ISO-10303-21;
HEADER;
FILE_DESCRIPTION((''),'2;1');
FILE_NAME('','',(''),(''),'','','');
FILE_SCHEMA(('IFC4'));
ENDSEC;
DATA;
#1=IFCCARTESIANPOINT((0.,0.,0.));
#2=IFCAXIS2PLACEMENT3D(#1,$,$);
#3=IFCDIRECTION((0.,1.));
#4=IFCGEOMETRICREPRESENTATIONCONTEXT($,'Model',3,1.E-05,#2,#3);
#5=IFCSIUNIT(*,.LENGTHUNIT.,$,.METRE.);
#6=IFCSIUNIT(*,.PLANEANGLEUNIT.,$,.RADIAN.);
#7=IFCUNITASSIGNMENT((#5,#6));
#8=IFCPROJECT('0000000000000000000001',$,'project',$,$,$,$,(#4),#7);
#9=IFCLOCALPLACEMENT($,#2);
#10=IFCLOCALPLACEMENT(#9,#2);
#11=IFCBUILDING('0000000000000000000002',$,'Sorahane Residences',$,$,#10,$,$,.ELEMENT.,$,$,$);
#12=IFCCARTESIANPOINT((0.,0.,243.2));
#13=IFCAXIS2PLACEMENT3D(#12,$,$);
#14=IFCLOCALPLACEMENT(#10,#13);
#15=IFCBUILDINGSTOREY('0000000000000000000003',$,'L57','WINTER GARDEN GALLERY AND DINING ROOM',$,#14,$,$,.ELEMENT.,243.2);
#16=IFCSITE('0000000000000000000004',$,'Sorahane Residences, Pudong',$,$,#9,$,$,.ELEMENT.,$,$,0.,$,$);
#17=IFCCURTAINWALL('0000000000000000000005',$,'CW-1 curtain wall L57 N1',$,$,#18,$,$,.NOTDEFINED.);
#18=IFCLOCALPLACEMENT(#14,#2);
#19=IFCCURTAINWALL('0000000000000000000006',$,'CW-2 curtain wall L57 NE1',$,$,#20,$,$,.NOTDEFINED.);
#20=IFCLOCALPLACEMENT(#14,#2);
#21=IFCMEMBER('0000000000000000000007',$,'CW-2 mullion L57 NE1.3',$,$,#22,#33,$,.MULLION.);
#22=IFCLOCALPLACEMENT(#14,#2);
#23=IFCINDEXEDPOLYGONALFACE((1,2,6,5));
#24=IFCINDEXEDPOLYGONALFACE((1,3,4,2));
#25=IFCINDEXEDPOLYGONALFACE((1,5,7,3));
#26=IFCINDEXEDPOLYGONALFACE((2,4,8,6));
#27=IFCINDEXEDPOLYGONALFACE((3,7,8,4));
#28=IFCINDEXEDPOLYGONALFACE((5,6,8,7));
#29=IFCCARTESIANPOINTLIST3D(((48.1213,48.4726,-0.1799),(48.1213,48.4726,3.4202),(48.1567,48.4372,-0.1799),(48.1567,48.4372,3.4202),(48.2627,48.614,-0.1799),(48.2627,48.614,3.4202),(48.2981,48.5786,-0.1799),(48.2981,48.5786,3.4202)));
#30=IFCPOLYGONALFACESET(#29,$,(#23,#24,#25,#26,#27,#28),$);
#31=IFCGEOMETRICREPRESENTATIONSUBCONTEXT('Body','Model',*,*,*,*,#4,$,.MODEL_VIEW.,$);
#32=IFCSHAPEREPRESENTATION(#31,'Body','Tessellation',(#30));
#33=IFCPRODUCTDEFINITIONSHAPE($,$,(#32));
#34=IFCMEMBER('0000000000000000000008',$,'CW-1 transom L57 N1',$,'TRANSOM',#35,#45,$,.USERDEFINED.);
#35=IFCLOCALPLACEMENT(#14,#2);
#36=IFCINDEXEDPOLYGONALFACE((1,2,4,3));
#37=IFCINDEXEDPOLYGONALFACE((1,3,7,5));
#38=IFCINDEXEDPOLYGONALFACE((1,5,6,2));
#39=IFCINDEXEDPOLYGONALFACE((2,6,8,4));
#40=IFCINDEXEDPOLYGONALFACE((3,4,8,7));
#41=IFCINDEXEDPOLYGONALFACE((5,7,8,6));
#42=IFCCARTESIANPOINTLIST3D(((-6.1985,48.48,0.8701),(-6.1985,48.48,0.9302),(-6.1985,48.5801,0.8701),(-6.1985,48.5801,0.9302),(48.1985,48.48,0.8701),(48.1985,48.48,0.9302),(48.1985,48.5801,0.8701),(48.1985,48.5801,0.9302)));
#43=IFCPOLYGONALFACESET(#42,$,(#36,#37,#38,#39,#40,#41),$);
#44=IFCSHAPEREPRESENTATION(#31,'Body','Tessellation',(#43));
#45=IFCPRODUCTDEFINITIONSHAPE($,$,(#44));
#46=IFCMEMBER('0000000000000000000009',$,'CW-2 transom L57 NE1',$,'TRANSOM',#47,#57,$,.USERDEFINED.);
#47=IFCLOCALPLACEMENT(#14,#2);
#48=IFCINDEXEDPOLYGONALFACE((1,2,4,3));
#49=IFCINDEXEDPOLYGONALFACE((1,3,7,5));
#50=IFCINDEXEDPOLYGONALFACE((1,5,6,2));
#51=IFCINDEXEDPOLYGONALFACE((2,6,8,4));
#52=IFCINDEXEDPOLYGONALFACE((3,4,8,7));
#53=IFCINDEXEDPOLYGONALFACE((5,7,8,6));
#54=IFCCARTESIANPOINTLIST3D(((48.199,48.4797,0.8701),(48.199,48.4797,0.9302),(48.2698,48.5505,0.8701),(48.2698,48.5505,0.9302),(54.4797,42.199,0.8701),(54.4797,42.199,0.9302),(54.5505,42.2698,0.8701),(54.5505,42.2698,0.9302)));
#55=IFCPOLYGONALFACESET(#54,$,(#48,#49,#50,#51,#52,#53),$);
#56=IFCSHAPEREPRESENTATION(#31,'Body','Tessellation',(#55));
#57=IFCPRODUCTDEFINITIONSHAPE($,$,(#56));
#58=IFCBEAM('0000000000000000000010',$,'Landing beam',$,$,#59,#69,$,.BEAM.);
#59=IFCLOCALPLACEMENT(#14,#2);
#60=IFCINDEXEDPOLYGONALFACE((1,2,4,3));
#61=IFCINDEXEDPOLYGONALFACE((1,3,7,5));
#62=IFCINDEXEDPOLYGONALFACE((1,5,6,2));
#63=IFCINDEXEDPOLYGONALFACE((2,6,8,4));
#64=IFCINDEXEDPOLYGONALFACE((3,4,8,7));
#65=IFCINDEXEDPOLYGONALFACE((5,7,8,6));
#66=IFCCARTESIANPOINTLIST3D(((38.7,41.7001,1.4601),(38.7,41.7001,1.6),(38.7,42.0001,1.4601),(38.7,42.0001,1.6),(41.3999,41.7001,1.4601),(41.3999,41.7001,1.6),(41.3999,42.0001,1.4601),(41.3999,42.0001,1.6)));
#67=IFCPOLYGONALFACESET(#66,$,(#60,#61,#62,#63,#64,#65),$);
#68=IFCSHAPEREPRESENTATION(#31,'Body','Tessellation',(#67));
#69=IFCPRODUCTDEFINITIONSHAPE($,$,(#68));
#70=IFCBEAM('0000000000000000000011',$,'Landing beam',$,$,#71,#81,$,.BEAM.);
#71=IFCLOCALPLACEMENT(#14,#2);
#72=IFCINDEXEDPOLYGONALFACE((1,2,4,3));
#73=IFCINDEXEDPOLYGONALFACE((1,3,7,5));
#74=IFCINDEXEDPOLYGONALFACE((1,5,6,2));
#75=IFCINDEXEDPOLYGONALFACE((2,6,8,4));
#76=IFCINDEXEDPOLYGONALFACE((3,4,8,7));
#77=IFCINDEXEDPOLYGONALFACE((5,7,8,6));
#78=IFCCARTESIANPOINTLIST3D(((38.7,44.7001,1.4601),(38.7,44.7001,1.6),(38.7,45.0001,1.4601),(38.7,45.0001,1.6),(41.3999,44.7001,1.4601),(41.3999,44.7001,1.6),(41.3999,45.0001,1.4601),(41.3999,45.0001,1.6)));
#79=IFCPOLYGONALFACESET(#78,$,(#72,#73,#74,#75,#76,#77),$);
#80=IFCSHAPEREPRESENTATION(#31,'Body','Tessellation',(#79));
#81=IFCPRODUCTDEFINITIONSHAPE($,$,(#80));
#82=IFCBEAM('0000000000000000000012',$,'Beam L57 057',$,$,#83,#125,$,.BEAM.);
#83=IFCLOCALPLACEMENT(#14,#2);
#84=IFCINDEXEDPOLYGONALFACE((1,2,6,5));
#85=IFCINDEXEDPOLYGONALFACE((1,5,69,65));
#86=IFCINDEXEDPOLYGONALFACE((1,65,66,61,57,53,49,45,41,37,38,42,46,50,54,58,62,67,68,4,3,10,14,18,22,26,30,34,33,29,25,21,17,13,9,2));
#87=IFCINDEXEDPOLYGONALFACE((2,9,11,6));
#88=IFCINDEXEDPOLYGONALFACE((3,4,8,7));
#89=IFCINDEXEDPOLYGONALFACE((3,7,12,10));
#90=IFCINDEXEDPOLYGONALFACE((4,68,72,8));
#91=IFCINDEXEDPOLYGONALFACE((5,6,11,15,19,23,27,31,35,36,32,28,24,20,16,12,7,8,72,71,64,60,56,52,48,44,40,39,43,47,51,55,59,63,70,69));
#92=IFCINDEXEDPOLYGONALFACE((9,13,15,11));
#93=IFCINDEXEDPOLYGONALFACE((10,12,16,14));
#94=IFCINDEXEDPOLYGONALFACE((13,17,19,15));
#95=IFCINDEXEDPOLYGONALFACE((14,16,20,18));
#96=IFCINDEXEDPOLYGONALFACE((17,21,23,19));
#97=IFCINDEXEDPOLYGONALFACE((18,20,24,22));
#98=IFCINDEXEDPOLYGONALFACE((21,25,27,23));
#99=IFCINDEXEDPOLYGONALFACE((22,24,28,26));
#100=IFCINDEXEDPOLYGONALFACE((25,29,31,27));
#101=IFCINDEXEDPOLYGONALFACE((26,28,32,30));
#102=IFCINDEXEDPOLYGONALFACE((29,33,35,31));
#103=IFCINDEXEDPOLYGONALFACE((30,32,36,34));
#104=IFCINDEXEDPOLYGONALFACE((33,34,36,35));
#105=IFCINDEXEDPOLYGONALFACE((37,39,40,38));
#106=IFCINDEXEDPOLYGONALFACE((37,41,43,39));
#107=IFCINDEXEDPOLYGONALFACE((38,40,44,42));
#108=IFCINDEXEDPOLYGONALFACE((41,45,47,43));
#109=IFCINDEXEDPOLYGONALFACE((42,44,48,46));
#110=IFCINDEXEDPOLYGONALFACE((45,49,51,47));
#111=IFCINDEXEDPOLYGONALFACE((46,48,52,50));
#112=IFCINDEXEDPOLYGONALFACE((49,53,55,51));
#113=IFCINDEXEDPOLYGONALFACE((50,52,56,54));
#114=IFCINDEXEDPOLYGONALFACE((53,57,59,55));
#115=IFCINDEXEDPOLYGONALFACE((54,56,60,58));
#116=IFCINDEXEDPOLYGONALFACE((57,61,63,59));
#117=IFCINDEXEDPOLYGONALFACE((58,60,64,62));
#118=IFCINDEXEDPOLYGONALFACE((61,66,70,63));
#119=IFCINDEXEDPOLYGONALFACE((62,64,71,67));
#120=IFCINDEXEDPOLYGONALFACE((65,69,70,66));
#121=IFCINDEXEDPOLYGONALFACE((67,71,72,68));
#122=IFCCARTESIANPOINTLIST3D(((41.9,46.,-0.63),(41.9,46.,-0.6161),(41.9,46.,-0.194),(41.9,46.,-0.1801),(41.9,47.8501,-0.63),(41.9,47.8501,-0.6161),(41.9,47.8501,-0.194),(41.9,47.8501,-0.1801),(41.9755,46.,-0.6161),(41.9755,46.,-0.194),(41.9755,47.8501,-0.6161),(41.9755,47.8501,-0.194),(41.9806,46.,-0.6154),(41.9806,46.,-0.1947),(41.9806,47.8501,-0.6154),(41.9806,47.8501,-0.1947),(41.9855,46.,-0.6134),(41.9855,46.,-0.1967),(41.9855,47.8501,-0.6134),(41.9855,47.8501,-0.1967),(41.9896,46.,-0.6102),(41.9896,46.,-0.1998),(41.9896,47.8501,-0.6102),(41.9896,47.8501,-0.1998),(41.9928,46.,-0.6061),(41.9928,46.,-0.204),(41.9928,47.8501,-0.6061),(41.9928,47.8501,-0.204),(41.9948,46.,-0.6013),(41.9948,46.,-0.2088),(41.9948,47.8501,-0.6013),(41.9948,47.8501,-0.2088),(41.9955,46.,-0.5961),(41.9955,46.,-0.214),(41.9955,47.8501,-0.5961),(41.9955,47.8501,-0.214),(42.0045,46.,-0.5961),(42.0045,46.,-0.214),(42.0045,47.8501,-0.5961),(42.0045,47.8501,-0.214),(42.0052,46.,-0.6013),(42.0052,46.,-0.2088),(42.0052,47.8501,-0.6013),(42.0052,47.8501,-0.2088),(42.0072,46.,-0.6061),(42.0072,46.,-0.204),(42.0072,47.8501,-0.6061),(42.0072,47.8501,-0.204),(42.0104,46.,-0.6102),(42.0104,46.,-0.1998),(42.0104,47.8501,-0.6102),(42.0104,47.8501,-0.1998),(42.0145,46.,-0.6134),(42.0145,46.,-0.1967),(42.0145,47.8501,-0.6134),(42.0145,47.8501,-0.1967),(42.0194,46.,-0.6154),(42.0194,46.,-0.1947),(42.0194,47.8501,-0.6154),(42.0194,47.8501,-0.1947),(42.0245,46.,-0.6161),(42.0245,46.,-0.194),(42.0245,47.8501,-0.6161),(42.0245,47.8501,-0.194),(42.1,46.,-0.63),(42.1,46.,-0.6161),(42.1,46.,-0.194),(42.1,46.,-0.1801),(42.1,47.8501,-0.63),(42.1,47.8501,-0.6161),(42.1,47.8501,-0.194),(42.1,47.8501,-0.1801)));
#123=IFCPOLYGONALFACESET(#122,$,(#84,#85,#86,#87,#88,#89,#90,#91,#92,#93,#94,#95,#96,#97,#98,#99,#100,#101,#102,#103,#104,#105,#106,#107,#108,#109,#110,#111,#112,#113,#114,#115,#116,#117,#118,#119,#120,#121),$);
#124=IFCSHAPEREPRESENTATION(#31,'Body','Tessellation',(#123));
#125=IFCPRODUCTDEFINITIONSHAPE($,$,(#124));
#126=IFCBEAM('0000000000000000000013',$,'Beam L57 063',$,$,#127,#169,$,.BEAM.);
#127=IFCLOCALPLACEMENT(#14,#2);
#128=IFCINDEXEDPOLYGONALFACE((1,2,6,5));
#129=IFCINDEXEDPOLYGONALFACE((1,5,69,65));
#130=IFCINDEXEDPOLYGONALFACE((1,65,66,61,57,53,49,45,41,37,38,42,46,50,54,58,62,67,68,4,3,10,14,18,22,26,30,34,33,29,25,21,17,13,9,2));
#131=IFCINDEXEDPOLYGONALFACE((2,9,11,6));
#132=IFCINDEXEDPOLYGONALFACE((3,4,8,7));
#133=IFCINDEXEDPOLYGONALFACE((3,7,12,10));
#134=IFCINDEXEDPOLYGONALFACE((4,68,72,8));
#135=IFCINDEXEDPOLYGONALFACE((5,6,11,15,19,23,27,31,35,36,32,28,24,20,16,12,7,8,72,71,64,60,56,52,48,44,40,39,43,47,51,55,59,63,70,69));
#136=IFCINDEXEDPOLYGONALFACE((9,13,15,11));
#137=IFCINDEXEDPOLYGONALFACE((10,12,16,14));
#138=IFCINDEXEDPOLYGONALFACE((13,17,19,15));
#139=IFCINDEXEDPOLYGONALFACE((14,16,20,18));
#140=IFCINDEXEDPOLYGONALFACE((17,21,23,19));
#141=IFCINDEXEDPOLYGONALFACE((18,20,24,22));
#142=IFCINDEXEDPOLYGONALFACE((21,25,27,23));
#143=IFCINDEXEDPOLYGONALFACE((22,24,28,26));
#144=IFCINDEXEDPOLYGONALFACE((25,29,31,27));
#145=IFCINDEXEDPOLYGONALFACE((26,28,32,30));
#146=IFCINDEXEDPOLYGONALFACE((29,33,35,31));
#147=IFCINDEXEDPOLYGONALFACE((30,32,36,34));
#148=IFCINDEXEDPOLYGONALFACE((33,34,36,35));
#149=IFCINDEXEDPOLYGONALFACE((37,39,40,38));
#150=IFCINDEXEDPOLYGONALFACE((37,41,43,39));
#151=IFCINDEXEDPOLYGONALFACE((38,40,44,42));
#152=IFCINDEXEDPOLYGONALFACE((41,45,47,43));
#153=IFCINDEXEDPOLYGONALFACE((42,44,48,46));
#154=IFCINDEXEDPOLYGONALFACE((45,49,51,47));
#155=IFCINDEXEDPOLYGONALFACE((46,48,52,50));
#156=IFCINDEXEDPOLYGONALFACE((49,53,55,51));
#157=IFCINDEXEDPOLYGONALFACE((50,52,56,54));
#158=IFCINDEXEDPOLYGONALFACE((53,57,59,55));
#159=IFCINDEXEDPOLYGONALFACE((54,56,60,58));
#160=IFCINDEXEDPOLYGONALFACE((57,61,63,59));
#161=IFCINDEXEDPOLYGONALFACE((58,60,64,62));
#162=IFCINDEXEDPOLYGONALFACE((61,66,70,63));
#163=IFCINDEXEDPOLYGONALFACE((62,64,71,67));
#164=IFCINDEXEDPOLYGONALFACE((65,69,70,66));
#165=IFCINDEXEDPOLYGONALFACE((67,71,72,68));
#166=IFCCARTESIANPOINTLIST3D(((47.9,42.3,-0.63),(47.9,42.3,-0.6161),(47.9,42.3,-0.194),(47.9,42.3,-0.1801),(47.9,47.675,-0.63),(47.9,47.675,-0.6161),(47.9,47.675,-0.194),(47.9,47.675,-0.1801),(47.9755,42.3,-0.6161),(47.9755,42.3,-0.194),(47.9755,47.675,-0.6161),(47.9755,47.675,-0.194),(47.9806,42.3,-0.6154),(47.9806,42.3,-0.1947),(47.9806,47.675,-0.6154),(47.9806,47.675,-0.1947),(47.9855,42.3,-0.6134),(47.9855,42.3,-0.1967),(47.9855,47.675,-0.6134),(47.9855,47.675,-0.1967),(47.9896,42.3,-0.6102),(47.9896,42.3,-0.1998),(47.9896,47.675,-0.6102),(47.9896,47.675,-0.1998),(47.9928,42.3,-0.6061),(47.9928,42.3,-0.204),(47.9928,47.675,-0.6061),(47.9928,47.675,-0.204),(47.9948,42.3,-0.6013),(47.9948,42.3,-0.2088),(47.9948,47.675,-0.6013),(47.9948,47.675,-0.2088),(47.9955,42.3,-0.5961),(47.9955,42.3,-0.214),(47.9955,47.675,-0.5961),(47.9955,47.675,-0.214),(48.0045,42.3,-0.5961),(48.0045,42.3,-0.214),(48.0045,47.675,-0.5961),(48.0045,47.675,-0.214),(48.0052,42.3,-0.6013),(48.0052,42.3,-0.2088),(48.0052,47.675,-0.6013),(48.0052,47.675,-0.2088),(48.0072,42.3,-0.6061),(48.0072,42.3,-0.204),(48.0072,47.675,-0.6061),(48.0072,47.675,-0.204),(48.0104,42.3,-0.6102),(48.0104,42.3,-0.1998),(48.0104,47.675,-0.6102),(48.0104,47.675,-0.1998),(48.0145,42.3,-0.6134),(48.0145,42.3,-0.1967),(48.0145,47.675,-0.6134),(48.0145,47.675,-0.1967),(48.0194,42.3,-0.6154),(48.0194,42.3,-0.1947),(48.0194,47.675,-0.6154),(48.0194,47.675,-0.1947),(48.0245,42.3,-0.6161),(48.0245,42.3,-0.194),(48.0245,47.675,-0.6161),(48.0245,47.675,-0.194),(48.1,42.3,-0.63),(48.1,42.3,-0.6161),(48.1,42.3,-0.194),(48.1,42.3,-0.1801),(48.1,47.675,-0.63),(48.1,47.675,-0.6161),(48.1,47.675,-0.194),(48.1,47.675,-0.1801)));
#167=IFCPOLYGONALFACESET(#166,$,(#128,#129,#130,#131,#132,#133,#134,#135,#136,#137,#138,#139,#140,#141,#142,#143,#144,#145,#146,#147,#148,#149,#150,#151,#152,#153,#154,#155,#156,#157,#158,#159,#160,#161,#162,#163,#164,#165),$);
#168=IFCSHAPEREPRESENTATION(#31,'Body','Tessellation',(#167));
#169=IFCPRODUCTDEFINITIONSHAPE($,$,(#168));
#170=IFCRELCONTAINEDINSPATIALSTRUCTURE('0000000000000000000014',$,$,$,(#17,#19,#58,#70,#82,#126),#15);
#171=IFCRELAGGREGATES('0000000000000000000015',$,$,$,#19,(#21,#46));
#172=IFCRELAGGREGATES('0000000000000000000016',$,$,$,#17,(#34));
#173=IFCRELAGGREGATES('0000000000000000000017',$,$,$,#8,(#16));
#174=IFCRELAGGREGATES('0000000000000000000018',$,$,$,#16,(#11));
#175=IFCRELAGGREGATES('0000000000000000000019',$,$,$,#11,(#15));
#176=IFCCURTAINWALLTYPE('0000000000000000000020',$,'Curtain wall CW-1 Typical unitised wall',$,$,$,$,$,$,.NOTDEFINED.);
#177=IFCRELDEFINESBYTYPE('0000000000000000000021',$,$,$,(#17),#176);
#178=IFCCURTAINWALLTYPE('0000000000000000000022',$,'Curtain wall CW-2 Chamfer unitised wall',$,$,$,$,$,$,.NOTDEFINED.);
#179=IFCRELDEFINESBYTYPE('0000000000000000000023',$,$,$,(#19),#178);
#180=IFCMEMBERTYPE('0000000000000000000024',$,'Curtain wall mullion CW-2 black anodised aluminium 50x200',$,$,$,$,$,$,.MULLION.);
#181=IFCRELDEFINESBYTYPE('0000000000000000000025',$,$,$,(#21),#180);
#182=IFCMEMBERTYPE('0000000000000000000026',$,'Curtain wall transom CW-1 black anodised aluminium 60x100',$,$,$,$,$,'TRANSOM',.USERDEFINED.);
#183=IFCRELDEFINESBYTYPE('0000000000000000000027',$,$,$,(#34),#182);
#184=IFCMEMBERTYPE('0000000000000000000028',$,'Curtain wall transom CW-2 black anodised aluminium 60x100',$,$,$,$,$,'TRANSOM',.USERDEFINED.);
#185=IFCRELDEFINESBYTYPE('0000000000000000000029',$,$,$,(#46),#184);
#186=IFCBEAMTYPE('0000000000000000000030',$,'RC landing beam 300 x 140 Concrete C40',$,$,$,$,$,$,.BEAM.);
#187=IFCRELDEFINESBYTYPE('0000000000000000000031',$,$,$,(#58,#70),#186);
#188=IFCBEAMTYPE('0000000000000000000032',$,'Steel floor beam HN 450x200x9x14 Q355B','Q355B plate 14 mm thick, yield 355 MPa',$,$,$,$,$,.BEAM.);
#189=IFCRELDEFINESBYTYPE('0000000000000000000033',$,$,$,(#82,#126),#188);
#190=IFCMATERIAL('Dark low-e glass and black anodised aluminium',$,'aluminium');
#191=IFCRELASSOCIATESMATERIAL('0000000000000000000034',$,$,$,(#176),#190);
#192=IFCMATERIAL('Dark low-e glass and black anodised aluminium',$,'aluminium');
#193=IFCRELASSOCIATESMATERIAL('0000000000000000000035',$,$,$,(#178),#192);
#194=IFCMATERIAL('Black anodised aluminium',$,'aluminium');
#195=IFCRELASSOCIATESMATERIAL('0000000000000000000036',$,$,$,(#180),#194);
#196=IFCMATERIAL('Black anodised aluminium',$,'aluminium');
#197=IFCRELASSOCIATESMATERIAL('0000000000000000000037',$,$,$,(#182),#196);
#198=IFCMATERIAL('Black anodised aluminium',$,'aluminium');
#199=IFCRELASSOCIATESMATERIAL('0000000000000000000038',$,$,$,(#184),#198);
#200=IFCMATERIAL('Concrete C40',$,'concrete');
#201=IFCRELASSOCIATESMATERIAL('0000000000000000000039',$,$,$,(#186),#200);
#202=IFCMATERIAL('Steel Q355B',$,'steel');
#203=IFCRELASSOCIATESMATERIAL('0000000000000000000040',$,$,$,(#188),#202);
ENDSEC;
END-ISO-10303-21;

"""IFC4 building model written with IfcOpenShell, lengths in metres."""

from ifc_helpers import new_model, si_unit, direction, frame, origin, origin_2d, place, context, subcontext, project, spatial, rectangle, i_section, extrude, material, material_profile, profile_set, type_object, element, aggregate, save


model = new_model("IFC4")

# Units and contexts
model_context = context("Model", 3, precision=1e-05, world=origin(), true_north=direction((0.0, 1.0)))
body_context = subcontext(model_context, "Body", "Model", "MODEL_VIEW")
ifc_project = project(units=[si_unit("LENGTHUNIT", "METRE"), si_unit("PLANEANGLEUNIT", "RADIAN")], contexts=[model_context])

# Site, building, storey
site_placement = place(None, origin())
site = spatial("IfcSite", under=ifc_project, at=site_placement, Name="Sorahane Residences, Pudong", CompositionType="ELEMENT", RefElevation=0.0)
building_placement = place(site_placement, origin())
building = spatial("IfcBuilding", under=site, at=building_placement, Name="Sorahane Residences", CompositionType="ELEMENT")
storey_placement = place(building_placement, frame((0.0, 0.0, 243.2)))
storey = spatial("IfcBuildingStorey", under=building, at=storey_placement, Name="L57", Description="WINTER GARDEN GALLERY AND DINING ROOM", CompositionType="ELEMENT", Elevation=243.2)

# Curtain wall
ifc_material_1 = material(Name="Dark low-e glass and black anodised aluminium", Category="aluminium")
curtain_wall_type_1 = type_object("IfcCurtainWallType", Name="Curtain wall CW-1 Typical unitised wall", PredefinedType="NOTDEFINED", material=ifc_material_1)
curtain_wall_1_placement = place(storey_placement, origin())
curtain_wall_1 = element("IfcCurtainWall", 1, at=curtain_wall_1_placement, inside=storey, type_object=curtain_wall_type_1, Name="CW-1 curtain wall L57 N1", PredefinedType="NOTDEFINED")

# Curtain wall, member
ifc_material_2 = material(Name="Dark low-e glass and black anodised aluminium", Category="aluminium")
curtain_wall_type_2 = type_object("IfcCurtainWallType", Name="Curtain wall CW-2 Chamfer unitised wall", PredefinedType="NOTDEFINED", material=ifc_material_2)
curtain_wall_2_placement = place(storey_placement, origin())
curtain_wall_2 = element("IfcCurtainWall", 2, at=curtain_wall_2_placement, inside=storey, type_object=curtain_wall_type_2, Name="CW-2 curtain wall L57 NE1", PredefinedType="NOTDEFINED")
ifc_material_3 = material(Name="Black anodised aluminium", Category="aluminium")
ifc_material_profile_1 = material_profile(ifc_material_3, rectangle(XDim=0.2, YDim=0.05, at=origin_2d()), Name="Curtain wall mullion CW-2 black anodised aluminium 50x200")
ifc_profile_set_1 = profile_set([ifc_material_profile_1], Name="Black anodised aluminium")
member_type_1 = type_object("IfcMemberType", Name="Curtain wall mullion CW-2 black anodised aluminium 50x200", PredefinedType="MULLION", material=ifc_profile_set_1)
member_1_placement = place(storey_placement, frame((48.2097, 48.5256, -0.1799), z_axis=(0.0, 0.0, 1.0), x_axis=(0.707107, 0.707107, 0.0)))
member_1 = element("IfcMember", 3, at=member_1_placement, type_object=member_type_1, Name="CW-2 mullion L57 NE1.3", PredefinedType="MULLION", context=body_context, shape_type="SweptSolid", body=[
    extrude(rectangle(XDim=0.2, YDim=0.05, at=origin_2d()), origin(), (0.0, 0.0, 1.0), 3.6001),
])

# Members
ifc_material_4 = material(Name="Black anodised aluminium", Category="aluminium")
ifc_material_profile_2 = material_profile(ifc_material_4, rectangle(XDim=0.1001, YDim=0.0601, at=origin_2d()), Name="Curtain wall transom CW-1 black anodised aluminium 60x100")
ifc_profile_set_2 = profile_set([ifc_material_profile_2], Name="Black anodised aluminium")
member_type_2 = type_object("IfcMemberType", Name="Curtain wall transom CW-1 black anodised aluminium 60x100", ElementType="TRANSOM", PredefinedType="USERDEFINED", material=ifc_profile_set_2)
member_2_placement = place(storey_placement, frame((48.1985, 48.53, 0.9001), z_axis=(-1.0, 0.0, 0.0), x_axis=(0.0, -1.0, 0.0)))
member_2 = element("IfcMember", 4, at=member_2_placement, type_object=member_type_2, Name="CW-1 transom L57 N1", ObjectType="TRANSOM", PredefinedType="USERDEFINED", context=body_context, shape_type="SweptSolid", body=[
    extrude(rectangle(XDim=0.1001, YDim=0.0601, at=origin_2d()), origin(), (0.0, 0.0, 1.0), 54.397),
])
ifc_material_5 = material(Name="Black anodised aluminium", Category="aluminium")
ifc_material_profile_3 = material_profile(ifc_material_5, rectangle(XDim=0.1001, YDim=0.0601, at=origin_2d()), Name="Curtain wall transom CW-2 black anodised aluminium 60x100")
ifc_profile_set_3 = profile_set([ifc_material_profile_3], Name="Black anodised aluminium")
member_type_3 = type_object("IfcMemberType", Name="Curtain wall transom CW-2 black anodised aluminium 60x100", ElementType="TRANSOM", PredefinedType="USERDEFINED", material=ifc_profile_set_3)
member_3_placement = place(storey_placement, frame((54.5151, 42.2344, 0.9001), z_axis=(-0.707107, 0.707107, 0.0), x_axis=(-0.707107, -0.707107, 0.0)))
member_3 = element("IfcMember", 5, at=member_3_placement, type_object=member_type_3, Name="CW-2 transom L57 NE1", ObjectType="TRANSOM", PredefinedType="USERDEFINED", context=body_context, shape_type="SweptSolid", body=[
    extrude(rectangle(XDim=0.1001, YDim=0.0601, at=origin_2d()), origin(), (0.0, 0.0, 1.0), 8.8823),
])

# Beams
ifc_material_6 = material(Name="Concrete C40", Category="concrete")
ifc_material_profile_4 = material_profile(ifc_material_6, rectangle(XDim=0.3, YDim=0.1399, at=origin_2d()), Name="300x140")
ifc_profile_set_4 = profile_set([ifc_material_profile_4], Name="Concrete C40")
beam_type_1 = type_object("IfcBeamType", Name="RC landing beam 300 x 140 Concrete C40", PredefinedType="BEAM", material=ifc_profile_set_4)
for number, where, z_axis, x_axis, name in (
    (6, (38.7, 41.8501, 1.53), (1.0, 0.0, 0.0), (0.0, 1.0, 0.0), "Landing beam"),
    (7, (38.7, 44.8501, 1.53), (1.0, 0.0, 0.0), (0.0, 1.0, 0.0), "Landing beam"),
):
    element("IfcBeam", number, at=place(storey_placement, frame(where, z_axis=z_axis, x_axis=x_axis)), inside=storey, type_object=beam_type_1, Name=name, PredefinedType="BEAM", context=body_context, shape_type="SweptSolid", body=[
        extrude(rectangle(XDim=0.3, YDim=0.1399, at=origin_2d()), origin(), (0.0, 0.0, 1.0), 2.7),
    ])
ifc_material_7 = material(Name="Steel Q355B", Category="steel")
ifc_material_profile_5 = material_profile(ifc_material_7, i_section(OverallWidth=0.2, OverallDepth=0.45, WebThickness=0.009, FlangeThickness=0.0139, FilletRadius=0.02, at=origin_2d()), Name="HN 450x200x9x14")
ifc_profile_set_5 = profile_set([ifc_material_profile_5], Name="Steel Q355B")
beam_type_2 = type_object("IfcBeamType", Name="Steel floor beam HN 450x200x9x14 Q355B", Description="Q355B plate 14 mm thick, yield 355 MPa", PredefinedType="BEAM", material=ifc_profile_set_5)
beam_1_placement = place(storey_placement, frame((42.0, 46.0, -0.405), z_axis=(0.0, 1.0, 0.0), x_axis=(-1.0, 0.0, 0.0)))
element("IfcBeam", 8, at=beam_1_placement, inside=storey, type_object=beam_type_2, Name="Beam L57 057", PredefinedType="BEAM", context=body_context, shape_type="SweptSolid", body=[
    extrude(i_section(OverallWidth=0.2, OverallDepth=0.45, WebThickness=0.009, FlangeThickness=0.0139, FilletRadius=0.02, at=origin_2d()), origin(), (0.0, 0.0, 1.0), 1.8501),
])
beam_2_placement = place(storey_placement, frame((48.0, 42.3, -0.405), z_axis=(0.0, 1.0, 0.0), x_axis=(-1.0, 0.0, 0.0)))
element("IfcBeam", 9, at=beam_2_placement, inside=storey, type_object=beam_type_2, Name="Beam L57 063", PredefinedType="BEAM", context=body_context, shape_type="SweptSolid", body=[
    extrude(i_section(OverallWidth=0.2, OverallDepth=0.45, WebThickness=0.009, FlangeThickness=0.0139, FilletRadius=0.02, at=origin_2d()), origin(), (0.0, 0.0, 1.0), 5.375),
])

aggregate(curtain_wall_2, [member_1, member_3])
aggregate(curtain_wall_1, [member_2])

save(model, "model.ifc")
